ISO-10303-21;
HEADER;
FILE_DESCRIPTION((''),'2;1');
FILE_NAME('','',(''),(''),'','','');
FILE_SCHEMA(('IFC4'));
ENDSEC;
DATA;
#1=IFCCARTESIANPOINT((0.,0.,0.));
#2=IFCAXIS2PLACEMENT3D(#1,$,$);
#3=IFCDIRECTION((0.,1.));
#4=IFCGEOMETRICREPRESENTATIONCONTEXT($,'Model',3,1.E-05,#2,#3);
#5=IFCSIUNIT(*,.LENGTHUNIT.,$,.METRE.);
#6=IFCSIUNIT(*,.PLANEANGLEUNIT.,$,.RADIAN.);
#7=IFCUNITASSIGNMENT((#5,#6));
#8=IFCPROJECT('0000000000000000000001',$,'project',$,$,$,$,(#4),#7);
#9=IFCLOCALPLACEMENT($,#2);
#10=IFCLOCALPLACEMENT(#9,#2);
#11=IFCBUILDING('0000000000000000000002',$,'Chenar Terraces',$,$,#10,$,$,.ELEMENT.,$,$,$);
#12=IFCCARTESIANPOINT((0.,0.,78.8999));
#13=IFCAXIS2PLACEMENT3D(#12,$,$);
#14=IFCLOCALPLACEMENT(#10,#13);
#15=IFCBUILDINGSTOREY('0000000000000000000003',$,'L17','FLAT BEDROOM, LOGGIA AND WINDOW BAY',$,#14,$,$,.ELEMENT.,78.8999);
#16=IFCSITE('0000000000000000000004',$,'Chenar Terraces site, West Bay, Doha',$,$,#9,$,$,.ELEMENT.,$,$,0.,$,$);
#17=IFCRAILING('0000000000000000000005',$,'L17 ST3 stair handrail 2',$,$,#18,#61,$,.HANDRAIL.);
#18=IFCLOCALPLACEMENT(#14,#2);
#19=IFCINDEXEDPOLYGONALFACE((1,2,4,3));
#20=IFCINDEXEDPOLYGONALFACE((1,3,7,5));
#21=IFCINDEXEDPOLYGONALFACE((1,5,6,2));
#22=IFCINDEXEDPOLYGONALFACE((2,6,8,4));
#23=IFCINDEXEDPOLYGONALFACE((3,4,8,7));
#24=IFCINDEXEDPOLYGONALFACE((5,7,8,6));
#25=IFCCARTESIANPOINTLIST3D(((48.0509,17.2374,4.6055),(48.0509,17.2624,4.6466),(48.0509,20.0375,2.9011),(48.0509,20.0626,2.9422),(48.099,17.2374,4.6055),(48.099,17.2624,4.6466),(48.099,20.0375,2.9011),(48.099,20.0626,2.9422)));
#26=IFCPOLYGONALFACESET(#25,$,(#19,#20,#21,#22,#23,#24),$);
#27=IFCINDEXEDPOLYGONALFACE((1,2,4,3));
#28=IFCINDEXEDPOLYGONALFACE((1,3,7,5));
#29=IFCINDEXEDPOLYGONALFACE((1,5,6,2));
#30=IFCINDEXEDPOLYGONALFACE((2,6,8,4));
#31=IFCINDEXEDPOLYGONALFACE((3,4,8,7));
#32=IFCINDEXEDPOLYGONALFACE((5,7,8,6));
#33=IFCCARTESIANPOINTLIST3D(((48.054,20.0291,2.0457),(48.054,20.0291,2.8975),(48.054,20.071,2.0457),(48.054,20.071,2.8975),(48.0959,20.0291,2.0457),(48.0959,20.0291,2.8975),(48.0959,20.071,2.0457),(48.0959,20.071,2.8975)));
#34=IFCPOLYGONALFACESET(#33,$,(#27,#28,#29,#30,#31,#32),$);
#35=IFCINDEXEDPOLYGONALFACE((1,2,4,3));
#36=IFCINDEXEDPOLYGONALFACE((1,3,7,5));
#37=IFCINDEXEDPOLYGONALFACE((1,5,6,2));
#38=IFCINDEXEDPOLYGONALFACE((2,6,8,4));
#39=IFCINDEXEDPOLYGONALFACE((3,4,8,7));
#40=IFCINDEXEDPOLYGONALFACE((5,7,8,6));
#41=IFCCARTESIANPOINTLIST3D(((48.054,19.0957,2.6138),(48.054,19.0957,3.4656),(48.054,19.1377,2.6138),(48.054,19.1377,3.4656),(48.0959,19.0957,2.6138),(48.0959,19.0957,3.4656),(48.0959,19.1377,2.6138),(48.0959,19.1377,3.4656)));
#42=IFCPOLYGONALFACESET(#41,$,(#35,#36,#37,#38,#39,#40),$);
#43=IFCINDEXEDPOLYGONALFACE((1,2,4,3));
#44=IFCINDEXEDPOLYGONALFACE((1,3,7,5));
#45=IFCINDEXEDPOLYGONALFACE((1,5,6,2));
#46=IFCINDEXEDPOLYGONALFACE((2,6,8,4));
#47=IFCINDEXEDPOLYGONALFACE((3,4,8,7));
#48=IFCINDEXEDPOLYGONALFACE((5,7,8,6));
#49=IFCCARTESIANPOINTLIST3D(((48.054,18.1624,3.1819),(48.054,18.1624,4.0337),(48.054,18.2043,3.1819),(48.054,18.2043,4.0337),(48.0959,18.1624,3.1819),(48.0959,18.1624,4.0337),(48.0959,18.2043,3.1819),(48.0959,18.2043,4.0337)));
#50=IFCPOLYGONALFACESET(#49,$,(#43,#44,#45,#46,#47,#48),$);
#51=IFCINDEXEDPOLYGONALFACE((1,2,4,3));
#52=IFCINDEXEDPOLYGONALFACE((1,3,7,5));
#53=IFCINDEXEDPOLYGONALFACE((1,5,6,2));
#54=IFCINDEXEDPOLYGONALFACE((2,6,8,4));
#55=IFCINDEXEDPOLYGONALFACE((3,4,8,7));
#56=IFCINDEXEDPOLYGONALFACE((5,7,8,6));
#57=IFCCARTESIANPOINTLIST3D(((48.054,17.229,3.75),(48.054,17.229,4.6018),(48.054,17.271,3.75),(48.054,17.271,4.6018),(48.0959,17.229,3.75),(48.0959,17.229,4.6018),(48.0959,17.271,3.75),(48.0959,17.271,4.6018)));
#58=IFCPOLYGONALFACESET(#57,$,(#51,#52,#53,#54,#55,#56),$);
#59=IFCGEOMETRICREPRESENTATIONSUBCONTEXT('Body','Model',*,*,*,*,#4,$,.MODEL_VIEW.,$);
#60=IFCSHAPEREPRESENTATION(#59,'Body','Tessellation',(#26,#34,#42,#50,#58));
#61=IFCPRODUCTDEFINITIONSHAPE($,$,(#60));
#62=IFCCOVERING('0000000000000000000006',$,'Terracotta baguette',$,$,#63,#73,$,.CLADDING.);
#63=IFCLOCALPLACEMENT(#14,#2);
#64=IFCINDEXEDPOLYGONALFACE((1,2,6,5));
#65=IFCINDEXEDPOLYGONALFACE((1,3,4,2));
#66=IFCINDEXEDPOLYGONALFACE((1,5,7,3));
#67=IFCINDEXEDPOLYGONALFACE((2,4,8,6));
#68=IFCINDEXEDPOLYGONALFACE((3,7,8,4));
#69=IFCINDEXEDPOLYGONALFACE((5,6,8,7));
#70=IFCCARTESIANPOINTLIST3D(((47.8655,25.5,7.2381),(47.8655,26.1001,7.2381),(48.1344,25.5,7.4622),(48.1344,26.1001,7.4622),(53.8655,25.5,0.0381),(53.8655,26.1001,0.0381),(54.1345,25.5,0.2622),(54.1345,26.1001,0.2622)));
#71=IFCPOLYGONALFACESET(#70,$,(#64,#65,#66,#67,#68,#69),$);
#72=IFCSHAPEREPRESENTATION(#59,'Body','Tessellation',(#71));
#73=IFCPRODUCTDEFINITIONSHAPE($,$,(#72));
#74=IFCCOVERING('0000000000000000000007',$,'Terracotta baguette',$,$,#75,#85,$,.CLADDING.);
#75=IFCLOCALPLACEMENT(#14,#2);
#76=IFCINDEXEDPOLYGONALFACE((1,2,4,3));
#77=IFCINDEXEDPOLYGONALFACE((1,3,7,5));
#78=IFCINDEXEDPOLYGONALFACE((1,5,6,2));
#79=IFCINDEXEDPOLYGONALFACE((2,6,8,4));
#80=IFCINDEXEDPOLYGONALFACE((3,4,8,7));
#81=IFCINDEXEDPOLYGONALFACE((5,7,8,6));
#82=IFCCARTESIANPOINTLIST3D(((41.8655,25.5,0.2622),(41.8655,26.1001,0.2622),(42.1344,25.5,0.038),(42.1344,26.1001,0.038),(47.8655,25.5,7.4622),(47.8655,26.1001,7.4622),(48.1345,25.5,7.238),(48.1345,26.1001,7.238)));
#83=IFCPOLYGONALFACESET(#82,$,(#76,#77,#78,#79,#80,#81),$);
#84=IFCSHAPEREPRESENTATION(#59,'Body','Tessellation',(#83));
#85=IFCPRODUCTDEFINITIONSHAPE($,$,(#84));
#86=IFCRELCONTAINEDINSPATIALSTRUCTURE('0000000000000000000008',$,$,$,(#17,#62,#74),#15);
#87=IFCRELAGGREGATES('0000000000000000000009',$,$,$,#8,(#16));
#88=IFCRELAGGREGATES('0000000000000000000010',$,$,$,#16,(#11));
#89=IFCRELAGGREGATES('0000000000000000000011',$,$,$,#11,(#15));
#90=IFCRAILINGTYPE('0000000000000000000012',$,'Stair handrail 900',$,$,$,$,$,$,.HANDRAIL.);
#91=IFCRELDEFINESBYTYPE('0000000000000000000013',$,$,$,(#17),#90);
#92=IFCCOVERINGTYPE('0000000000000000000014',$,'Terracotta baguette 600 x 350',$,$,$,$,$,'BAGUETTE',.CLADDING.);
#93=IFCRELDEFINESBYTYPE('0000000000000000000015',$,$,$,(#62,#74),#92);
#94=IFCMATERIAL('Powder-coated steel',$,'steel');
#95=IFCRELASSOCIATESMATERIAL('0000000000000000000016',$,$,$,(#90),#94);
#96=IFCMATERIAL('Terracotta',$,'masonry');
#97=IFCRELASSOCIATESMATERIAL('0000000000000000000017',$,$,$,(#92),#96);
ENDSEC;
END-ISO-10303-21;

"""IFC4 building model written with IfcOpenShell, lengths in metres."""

from ifc_helpers import new_model, si_unit, direction, frame, origin, origin_2d, place, context, subcontext, project, spatial, rectangle, extrude, material, material_profile, profile_set, type_object, element, save


model = new_model("IFC4")

# Units and contexts
model_context = context("Model", 3, precision=1e-05, world=origin(), true_north=direction((0.0, 1.0)))
body_context = subcontext(model_context, "Body", "Model", "MODEL_VIEW")
ifc_project = project(units=[si_unit("LENGTHUNIT", "METRE"), si_unit("PLANEANGLEUNIT", "RADIAN")], contexts=[model_context])

# Site, building, storey
site_placement = place(None, origin())
site = spatial("IfcSite", under=ifc_project, at=site_placement, Name="Chenar Terraces site, West Bay, Doha", CompositionType="ELEMENT", RefElevation=0.0)
building_placement = place(site_placement, origin())
building = spatial("IfcBuilding", under=site, at=building_placement, Name="Chenar Terraces", CompositionType="ELEMENT")
storey_placement = place(building_placement, frame((0.0, 0.0, 78.8999)))
storey = spatial("IfcBuildingStorey", under=building, at=storey_placement, Name="L17", Description="FLAT BEDROOM, LOGGIA AND WINDOW BAY", CompositionType="ELEMENT", Elevation=78.8999)

# Railing
ifc_material_1 = material(Name="Powder-coated steel", Category="steel")
railing_type_1 = type_object("IfcRailingType", Name="Stair handrail 900", PredefinedType="HANDRAIL", material=ifc_material_1)
railing_1_placement = place(storey_placement, frame((48.075, 20.05, 2.0457)))
element("IfcRailing", 1, at=railing_1_placement, inside=storey, type_object=railing_type_1, Name="L17 ST3 stair handrail 2", PredefinedType="HANDRAIL", context=body_context, shape_type="SweptSolid", body=[
    extrude(rectangle(XDim=0.0481, YDim=0.0481, at=origin_2d()), frame((0.0, 0.0, 0.876), z_axis=(0.0, -0.854203, 0.51994), x_axis=(1.0, 0.0, 0.0)), (0.0, 0.0, 1.0), 3.2781),
    extrude(rectangle(XDim=0.042, YDim=0.042, at=origin_2d()), origin(), (0.0, 0.0, 1.0), 0.8518),
    extrude(rectangle(XDim=0.042, YDim=0.042, at=origin_2d()), frame((0.0, -0.9333, 0.5681)), (0.0, 0.0, 1.0), 0.8518),
    extrude(rectangle(XDim=0.042, YDim=0.042, at=origin_2d()), frame((0.0, -1.8667, 1.1362)), (0.0, 0.0, 1.0), 0.8518),
    extrude(rectangle(XDim=0.042, YDim=0.042, at=origin_2d()), frame((0.0, -2.8, 1.7043)), (0.0, 0.0, 1.0), 0.8518),
])

# Coverings
ifc_material_2 = material(Name="Terracotta", Category="masonry")
ifc_material_profile_1 = material_profile(ifc_material_2, rectangle(XDim=0.6001, YDim=0.3501, at=origin_2d()), Name="Terracotta baguette 600 x 350")
ifc_profile_set_1 = profile_set([ifc_material_profile_1], Name="Terracotta")
covering_type = type_object("IfcCoveringType", Name="Terracotta baguette 600 x 350", ElementType="BAGUETTE", PredefinedType="CLADDING", material=ifc_profile_set_1)
for number, where, z_axis, x_axis, name in (
    (2, (54.0, 25.8, 0.1501), (-0.640187, 0.0, 0.768219), (0.0, -1.0, 0.0), "Terracotta baguette"),
    (3, (48.0, 25.8, 7.3501), (-0.640187, 0.0, -0.768219), (0.0, -1.0, 0.0), "Terracotta baguette"),
):
    element("IfcCovering", number, at=place(storey_placement, frame(where, z_axis=z_axis, x_axis=x_axis)), inside=storey, type_object=covering_type, Name=name, PredefinedType="CLADDING", context=body_context, shape_type="SweptSolid", body=[
        extrude(rectangle(XDim=0.6001, YDim=0.3501, at=origin_2d()), origin(), (0.0, 0.0, 1.0), 9.3723),
    ])

save(model, "model.ifc")
